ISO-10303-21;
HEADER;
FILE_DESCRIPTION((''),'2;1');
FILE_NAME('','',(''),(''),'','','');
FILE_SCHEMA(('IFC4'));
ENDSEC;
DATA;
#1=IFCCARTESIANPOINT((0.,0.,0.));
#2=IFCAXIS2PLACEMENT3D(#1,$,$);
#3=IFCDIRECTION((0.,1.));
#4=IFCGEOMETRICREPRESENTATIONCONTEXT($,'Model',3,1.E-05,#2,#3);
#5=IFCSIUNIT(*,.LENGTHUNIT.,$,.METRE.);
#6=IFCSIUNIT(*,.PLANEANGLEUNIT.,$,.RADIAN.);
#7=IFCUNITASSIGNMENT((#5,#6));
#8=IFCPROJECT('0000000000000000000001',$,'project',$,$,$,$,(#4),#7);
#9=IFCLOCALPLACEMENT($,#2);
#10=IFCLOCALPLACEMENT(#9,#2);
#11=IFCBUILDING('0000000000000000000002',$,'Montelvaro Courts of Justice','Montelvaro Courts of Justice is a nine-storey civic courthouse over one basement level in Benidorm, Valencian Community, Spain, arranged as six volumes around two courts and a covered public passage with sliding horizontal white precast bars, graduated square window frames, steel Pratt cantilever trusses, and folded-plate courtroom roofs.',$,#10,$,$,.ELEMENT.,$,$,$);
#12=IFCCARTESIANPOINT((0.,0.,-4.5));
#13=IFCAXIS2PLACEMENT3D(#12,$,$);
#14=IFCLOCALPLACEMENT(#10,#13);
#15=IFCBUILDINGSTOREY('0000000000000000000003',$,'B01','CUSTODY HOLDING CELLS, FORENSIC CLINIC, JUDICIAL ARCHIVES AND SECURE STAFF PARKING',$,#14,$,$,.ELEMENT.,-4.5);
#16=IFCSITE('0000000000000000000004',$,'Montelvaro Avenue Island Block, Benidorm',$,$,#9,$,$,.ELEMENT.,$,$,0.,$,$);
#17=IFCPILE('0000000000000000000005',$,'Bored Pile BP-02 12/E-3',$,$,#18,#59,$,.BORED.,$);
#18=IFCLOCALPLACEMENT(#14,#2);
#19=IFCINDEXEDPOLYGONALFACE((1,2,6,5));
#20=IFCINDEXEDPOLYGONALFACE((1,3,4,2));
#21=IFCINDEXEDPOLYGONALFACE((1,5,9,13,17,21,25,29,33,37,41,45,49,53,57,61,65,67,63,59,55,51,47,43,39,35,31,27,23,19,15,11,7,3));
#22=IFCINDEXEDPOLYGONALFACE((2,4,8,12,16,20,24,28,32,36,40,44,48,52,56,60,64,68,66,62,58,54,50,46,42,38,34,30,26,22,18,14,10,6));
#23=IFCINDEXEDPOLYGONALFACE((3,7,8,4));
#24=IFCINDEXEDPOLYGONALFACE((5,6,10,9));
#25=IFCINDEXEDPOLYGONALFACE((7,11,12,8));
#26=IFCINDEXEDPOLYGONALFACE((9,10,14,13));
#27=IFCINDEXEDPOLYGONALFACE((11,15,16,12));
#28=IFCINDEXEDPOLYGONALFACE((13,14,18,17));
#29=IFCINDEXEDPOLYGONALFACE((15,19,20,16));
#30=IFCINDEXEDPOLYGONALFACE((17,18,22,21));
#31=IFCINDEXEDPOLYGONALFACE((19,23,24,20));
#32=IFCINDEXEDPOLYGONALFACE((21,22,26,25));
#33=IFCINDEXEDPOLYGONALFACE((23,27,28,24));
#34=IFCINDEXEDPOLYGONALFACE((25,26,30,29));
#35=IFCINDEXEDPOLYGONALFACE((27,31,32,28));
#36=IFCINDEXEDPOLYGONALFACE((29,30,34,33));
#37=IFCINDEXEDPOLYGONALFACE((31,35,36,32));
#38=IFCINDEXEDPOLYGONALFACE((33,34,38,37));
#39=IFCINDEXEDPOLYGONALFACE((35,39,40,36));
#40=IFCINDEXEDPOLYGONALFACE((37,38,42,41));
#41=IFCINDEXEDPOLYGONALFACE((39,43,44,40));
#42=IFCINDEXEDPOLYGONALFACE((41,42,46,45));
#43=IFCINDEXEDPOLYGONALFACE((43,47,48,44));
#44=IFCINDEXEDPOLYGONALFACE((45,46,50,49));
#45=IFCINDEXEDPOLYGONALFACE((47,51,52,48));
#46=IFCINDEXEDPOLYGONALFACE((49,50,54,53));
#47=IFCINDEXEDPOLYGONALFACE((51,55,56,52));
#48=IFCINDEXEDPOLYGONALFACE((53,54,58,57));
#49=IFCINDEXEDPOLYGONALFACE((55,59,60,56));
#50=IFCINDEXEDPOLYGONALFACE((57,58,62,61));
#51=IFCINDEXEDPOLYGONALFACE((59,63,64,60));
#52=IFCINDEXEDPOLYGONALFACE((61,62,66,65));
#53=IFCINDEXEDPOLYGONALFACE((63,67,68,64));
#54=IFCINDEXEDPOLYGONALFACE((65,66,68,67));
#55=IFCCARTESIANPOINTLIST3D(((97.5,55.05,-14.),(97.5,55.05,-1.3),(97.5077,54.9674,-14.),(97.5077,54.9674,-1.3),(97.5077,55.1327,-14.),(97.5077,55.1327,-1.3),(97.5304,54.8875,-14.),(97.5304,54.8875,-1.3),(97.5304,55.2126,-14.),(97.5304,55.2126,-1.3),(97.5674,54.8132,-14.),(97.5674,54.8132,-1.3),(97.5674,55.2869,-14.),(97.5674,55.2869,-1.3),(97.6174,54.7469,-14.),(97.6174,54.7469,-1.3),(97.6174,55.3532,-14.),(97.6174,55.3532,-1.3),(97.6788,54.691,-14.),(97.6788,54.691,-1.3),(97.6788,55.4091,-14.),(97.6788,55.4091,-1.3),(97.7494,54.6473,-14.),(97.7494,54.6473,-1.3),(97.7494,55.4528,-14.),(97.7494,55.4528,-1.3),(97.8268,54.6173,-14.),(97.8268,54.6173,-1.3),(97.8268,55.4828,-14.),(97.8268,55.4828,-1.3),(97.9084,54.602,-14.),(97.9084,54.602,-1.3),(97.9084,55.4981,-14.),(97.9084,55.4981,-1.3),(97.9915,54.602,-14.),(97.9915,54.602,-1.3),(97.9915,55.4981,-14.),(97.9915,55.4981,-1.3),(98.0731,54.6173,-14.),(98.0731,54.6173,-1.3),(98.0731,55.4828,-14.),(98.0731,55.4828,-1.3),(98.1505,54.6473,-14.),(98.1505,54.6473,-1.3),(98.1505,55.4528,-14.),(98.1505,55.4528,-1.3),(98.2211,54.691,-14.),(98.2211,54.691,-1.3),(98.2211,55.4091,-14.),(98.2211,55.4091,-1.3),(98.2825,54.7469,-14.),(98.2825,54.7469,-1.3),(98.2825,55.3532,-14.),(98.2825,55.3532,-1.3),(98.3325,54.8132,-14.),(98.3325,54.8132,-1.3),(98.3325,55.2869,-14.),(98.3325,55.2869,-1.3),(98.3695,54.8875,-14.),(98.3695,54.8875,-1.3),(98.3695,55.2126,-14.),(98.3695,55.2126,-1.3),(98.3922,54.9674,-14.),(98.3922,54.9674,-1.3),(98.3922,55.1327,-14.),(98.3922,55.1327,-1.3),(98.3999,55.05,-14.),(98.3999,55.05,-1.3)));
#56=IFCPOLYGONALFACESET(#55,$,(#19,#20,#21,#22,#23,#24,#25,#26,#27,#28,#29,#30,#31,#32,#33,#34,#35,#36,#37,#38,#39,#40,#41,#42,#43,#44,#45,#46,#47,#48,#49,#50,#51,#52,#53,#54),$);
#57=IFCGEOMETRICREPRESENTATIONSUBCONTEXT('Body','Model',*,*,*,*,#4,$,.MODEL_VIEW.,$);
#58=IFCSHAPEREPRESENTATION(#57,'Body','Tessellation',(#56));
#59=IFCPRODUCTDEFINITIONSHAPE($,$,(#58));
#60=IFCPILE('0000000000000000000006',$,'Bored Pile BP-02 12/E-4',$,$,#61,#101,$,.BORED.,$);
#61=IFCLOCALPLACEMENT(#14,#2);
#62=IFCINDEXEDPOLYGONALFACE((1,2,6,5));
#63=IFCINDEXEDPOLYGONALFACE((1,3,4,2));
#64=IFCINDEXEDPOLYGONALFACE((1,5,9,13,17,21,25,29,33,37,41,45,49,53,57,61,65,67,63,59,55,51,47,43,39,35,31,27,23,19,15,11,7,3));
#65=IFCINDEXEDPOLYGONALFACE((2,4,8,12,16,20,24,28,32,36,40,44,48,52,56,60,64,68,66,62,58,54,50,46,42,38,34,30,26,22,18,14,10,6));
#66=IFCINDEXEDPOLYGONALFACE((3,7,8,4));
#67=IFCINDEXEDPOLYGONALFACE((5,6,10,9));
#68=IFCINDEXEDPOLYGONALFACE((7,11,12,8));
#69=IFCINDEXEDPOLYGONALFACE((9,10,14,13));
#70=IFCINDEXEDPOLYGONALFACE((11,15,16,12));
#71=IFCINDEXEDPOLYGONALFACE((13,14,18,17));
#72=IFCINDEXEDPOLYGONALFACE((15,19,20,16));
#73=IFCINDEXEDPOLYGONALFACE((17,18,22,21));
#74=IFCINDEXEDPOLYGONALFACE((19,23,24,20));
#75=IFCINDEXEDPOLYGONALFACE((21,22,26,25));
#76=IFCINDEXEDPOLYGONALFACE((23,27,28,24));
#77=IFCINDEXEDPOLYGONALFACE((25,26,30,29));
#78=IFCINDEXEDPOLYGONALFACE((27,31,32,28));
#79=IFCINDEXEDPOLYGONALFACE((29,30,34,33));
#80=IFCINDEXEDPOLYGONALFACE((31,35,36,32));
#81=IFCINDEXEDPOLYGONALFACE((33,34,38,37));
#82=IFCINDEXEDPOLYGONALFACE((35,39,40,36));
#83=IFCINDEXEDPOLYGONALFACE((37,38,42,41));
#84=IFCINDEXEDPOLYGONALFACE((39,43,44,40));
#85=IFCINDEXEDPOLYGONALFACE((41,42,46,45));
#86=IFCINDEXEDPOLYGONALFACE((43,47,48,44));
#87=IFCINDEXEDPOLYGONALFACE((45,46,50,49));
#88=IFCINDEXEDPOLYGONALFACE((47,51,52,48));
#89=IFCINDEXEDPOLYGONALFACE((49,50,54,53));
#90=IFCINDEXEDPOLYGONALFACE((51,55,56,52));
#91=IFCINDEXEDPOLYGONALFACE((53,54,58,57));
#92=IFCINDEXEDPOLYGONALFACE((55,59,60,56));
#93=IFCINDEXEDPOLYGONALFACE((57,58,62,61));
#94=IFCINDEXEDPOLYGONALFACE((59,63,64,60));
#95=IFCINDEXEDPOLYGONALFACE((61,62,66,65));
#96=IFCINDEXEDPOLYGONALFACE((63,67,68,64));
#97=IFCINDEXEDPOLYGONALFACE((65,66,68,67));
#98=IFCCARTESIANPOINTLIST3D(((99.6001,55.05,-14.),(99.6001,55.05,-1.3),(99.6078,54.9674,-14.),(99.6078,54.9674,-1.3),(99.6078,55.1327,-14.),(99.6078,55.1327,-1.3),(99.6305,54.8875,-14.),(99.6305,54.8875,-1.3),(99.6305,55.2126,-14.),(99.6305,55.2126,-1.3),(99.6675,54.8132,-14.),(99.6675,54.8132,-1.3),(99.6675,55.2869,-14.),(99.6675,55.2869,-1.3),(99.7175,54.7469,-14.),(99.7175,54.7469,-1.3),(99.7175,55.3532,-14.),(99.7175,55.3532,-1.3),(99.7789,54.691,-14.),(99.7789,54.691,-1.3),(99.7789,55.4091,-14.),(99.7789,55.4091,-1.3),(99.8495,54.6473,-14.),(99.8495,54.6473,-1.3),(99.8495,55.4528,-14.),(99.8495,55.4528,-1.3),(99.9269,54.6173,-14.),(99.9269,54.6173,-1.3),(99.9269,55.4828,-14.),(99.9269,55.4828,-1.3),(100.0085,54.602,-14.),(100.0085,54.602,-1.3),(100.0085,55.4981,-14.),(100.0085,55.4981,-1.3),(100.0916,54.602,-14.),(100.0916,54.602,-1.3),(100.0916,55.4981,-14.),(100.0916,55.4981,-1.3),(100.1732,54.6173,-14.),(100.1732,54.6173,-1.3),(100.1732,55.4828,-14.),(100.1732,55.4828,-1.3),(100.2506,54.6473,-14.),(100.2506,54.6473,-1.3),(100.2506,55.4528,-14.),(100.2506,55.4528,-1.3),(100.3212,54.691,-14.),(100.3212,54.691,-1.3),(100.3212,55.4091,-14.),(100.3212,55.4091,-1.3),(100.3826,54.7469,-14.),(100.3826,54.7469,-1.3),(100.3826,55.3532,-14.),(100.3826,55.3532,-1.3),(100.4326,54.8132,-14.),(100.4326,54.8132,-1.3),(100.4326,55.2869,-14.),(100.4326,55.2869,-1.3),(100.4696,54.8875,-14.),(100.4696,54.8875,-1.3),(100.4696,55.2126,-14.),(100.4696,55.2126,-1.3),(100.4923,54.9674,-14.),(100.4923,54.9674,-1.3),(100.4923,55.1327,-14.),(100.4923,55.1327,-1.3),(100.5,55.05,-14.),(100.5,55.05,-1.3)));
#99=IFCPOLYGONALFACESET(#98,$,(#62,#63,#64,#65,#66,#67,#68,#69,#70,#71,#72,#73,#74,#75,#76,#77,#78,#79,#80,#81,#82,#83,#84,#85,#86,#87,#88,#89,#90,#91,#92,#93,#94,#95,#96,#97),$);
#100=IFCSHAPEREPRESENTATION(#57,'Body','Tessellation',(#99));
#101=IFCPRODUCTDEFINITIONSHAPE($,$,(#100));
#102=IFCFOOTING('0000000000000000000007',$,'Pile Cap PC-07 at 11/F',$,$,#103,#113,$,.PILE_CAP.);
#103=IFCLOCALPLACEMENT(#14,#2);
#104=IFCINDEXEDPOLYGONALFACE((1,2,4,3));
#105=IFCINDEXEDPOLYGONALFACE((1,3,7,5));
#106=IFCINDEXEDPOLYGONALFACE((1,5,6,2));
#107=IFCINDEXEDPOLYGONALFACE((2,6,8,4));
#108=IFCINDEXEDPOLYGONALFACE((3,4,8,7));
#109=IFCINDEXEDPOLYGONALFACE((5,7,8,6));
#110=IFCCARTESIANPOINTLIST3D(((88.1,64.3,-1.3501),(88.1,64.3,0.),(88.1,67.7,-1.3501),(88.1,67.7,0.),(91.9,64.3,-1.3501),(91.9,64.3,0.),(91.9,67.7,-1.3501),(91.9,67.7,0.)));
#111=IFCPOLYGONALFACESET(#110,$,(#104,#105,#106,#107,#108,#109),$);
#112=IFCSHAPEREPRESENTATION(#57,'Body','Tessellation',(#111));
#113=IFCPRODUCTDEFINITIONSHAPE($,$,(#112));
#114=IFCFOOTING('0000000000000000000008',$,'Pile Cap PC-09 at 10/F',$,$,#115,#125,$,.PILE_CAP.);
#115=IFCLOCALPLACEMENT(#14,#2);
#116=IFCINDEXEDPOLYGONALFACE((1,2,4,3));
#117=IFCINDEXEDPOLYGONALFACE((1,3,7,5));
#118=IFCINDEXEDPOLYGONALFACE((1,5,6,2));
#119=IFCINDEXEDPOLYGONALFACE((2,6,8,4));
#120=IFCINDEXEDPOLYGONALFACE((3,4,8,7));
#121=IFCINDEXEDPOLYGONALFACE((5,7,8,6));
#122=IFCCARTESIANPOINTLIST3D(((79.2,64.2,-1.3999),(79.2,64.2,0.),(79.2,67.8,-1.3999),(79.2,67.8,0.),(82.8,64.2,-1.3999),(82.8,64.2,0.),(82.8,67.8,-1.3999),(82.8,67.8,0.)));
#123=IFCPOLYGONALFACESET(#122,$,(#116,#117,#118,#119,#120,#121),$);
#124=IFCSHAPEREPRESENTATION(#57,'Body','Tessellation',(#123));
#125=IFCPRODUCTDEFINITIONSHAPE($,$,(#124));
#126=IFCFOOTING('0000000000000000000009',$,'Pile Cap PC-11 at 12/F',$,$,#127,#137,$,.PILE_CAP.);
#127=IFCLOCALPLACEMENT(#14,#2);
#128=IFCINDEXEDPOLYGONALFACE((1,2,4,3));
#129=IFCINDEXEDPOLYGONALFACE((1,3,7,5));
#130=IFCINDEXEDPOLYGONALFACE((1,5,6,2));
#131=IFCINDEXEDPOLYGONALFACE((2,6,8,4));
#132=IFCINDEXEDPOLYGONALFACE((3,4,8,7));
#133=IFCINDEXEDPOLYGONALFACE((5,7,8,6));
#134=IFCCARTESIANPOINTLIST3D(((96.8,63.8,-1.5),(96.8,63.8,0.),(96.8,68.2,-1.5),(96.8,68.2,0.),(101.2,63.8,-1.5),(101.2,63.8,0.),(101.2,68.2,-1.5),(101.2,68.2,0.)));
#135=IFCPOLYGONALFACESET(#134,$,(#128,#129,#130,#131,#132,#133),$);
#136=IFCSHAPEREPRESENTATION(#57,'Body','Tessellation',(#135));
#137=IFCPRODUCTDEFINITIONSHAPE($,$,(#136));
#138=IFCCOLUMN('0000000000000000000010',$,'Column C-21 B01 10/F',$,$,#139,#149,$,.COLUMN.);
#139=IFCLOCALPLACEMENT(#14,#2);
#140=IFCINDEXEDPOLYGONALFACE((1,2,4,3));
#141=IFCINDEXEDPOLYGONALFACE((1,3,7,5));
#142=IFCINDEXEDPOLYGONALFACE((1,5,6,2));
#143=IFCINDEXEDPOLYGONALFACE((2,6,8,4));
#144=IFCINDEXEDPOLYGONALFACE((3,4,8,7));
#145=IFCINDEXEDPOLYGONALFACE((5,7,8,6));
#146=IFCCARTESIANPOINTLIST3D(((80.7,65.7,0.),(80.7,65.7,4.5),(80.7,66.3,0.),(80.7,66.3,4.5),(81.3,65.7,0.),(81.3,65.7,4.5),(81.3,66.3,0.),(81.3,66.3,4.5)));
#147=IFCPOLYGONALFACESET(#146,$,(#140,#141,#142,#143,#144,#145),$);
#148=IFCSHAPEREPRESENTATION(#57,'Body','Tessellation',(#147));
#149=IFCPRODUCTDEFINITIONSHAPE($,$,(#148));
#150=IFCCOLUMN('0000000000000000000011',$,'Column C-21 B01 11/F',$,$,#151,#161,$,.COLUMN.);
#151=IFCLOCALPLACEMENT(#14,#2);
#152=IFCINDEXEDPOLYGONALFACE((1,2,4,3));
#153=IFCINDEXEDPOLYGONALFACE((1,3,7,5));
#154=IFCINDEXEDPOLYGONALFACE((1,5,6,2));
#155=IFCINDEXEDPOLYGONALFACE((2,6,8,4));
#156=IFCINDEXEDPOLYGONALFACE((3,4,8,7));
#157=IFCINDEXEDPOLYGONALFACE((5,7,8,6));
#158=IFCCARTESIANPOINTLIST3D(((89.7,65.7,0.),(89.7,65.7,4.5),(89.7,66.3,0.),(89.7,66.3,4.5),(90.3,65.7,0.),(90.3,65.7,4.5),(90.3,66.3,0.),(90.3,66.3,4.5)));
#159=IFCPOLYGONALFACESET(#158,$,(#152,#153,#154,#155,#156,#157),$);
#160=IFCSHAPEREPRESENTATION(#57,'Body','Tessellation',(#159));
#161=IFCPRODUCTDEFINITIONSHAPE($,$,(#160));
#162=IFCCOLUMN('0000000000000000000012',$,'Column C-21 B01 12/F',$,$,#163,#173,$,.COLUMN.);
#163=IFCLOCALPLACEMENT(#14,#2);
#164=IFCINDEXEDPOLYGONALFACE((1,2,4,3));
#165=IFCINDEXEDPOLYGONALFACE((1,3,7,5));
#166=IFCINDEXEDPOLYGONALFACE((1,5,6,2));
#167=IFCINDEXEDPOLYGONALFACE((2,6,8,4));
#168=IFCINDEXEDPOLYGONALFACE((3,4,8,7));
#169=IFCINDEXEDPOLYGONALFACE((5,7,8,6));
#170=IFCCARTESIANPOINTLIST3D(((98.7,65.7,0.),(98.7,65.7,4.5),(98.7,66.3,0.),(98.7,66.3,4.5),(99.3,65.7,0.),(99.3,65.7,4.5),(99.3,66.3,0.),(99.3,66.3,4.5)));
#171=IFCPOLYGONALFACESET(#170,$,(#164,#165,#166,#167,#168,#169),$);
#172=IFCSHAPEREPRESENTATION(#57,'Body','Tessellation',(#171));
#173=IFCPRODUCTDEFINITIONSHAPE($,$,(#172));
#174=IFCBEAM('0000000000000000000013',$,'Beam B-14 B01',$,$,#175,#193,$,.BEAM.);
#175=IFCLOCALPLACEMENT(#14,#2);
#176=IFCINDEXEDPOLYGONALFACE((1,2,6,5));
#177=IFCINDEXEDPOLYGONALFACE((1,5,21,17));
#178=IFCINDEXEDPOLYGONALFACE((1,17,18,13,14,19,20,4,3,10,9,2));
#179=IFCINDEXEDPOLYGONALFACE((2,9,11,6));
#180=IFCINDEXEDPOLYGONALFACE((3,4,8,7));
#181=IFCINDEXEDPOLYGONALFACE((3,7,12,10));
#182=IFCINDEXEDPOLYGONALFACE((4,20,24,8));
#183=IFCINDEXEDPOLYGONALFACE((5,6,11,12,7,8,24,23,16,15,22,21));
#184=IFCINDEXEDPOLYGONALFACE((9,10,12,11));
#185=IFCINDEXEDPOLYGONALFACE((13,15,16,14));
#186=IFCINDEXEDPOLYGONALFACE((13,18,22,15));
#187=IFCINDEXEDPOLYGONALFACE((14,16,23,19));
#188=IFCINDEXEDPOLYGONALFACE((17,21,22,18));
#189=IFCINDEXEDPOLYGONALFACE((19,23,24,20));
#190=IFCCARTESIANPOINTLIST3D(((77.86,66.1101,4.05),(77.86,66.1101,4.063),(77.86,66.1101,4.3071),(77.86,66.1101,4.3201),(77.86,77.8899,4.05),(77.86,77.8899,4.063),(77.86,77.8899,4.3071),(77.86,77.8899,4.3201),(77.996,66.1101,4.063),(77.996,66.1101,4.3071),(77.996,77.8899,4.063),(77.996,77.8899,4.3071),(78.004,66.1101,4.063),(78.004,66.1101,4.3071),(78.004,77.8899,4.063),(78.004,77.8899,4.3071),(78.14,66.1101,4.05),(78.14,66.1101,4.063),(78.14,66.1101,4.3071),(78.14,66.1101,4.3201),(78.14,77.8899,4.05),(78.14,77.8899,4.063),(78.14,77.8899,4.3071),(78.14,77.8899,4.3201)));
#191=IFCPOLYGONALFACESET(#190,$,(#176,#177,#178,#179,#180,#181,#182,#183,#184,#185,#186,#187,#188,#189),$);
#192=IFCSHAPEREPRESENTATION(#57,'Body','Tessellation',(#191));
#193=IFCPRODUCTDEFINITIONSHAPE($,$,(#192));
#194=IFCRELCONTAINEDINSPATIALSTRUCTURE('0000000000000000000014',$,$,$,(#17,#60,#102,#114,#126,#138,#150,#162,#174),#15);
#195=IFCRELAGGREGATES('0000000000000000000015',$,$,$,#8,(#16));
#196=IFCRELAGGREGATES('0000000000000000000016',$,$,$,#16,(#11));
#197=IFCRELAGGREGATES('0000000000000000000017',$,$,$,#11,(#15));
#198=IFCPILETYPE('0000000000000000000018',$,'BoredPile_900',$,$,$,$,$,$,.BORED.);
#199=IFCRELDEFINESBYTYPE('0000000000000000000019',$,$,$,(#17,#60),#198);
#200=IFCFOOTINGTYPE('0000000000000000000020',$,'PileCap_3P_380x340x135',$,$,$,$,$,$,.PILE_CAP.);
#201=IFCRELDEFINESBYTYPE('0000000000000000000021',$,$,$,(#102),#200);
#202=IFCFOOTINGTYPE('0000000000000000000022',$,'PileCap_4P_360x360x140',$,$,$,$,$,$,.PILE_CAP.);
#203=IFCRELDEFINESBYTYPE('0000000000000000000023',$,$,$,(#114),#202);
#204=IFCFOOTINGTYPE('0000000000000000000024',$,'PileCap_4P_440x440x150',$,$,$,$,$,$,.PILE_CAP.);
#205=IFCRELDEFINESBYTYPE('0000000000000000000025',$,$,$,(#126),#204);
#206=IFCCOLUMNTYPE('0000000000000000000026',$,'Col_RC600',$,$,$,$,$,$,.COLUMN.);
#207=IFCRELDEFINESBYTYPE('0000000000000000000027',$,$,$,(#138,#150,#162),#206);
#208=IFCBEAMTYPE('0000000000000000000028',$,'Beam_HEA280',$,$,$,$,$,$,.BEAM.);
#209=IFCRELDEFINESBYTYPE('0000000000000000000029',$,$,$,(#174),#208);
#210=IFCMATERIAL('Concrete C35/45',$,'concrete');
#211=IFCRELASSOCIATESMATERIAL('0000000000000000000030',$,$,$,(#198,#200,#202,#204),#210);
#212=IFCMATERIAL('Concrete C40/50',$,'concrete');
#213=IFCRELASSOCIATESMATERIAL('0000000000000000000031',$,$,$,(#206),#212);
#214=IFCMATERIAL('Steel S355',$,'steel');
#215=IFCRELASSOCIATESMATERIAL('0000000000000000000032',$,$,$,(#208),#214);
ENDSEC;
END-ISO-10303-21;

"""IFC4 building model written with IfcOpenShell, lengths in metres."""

from ifc_helpers import new_model, si_unit, direction, frame, origin, origin_2d, place, context, subcontext, project, spatial, rectangle, circle, i_section, extrude, material, material_profile, profile_set, type_object, element, save


model = new_model("IFC4")

# Units and contexts
model_context = context("Model", 3, precision=1e-05, world=origin(), true_north=direction((0.0, 1.0)))
body_context = subcontext(model_context, "Body", "Model", "MODEL_VIEW")
ifc_project = project(units=[si_unit("LENGTHUNIT", "METRE"), si_unit("PLANEANGLEUNIT", "RADIAN")], contexts=[model_context])

# Site, building, storey
site_placement = place(None, origin())
site = spatial("IfcSite", under=ifc_project, at=site_placement, Name="Montelvaro Avenue Island Block, Benidorm", CompositionType="ELEMENT", RefElevation=0.0)
building_placement = place(site_placement, origin())
building = spatial("IfcBuilding", under=site, at=building_placement, Name="Montelvaro Courts of Justice", Description="Montelvaro Courts of Justice is a nine-storey civic courthouse over one basement level in Benidorm, Valencian Community, Spain, arranged as six volumes around two courts and a covered public passage with sliding horizontal white precast bars, graduated square window frames, steel Pratt cantilever trusses, and folded-plate courtroom roofs.", CompositionType="ELEMENT")
storey_placement = place(building_placement, frame((0.0, 0.0, -4.5)))
storey = spatial("IfcBuildingStorey", under=building, at=storey_placement, Name="B01", Description="CUSTODY HOLDING CELLS, FORENSIC CLINIC, JUDICIAL ARCHIVES AND SECURE STAFF PARKING", CompositionType="ELEMENT", Elevation=-4.5)

# Piles
ifc_material_1 = material(Name="Concrete C35/45", Category="concrete")
ifc_material_profile_1 = material_profile(ifc_material_1, circle(Radius=0.45, at=origin_2d()), Name="BORED PILE D900")
ifc_profile_set_1 = profile_set([ifc_material_profile_1], Name="Concrete C35/45")
pile_type_1 = type_object("IfcPileType", Name="BoredPile_900", PredefinedType="BORED", material=ifc_profile_set_1)
for number, where, z_axis, x_axis, name in (
    (1, (97.95, 55.05, -1.3), (0.0, 0.0, -1.0), (1.0, 0.0, 0.0), "Bored Pile BP-02 12/E-3"),
    (2, (100.05, 55.05, -1.3), (0.0, 0.0, -1.0), (1.0, 0.0, 0.0), "Bored Pile BP-02 12/E-4"),
):
    element("IfcPile", number, at=place(storey_placement, frame(where, z_axis=z_axis, x_axis=x_axis)), inside=storey, type_object=pile_type_1, Name=name, PredefinedType="BORED", context=body_context, shape_type="SweptSolid", body=[
        extrude(circle(Radius=0.45, at=origin_2d()), origin(), (0.0, 0.0, 1.0), 12.7),
    ])

# Footings
footing_type_1 = type_object("IfcFootingType", Name="PileCap_3P_380x340x135", PredefinedType="PILE_CAP", material=ifc_material_1)
footing_1_placement = place(storey_placement, frame((90.0, 66.0, -1.3501), z_axis=(0.0, 0.0, 1.0), x_axis=(1.0, 0.0, 0.0)))
element("IfcFooting", 3, at=footing_1_placement, inside=storey, type_object=footing_type_1, Name="Pile Cap PC-07 at 11/F", PredefinedType="PILE_CAP", context=body_context, shape_type="SweptSolid", body=[
    extrude(rectangle(XDim=3.8, YDim=3.3999, at=origin_2d()), origin(), (0.0, 0.0, 1.0), 1.3501),
])
footing_type_2 = type_object("IfcFootingType", Name="PileCap_4P_360x360x140", PredefinedType="PILE_CAP", material=ifc_material_1)
footing_2_placement = place(storey_placement, frame((81.0, 66.0, -1.3999), z_axis=(0.0, 0.0, 1.0), x_axis=(1.0, 0.0, 0.0)))
element("IfcFooting", 4, at=footing_2_placement, inside=storey, type_object=footing_type_2, Name="Pile Cap PC-09 at 10/F", PredefinedType="PILE_CAP", context=body_context, shape_type="SweptSolid", body=[
    extrude(rectangle(XDim=3.6001, YDim=3.6001, at=origin_2d()), origin(), (0.0, 0.0, 1.0), 1.3999),
])
footing_type_3 = type_object("IfcFootingType", Name="PileCap_4P_440x440x150", PredefinedType="PILE_CAP", material=ifc_material_1)
footing_3_placement = place(storey_placement, frame((99.0, 66.0, -1.5), z_axis=(0.0, 0.0, 1.0), x_axis=(1.0, 0.0, 0.0)))
element("IfcFooting", 5, at=footing_3_placement, inside=storey, type_object=footing_type_3, Name="Pile Cap PC-11 at 12/F", PredefinedType="PILE_CAP", context=body_context, shape_type="SweptSolid", body=[
    extrude(rectangle(XDim=4.3999, YDim=4.3999, at=origin_2d()), origin(), (0.0, 0.0, 1.0), 1.5),
])

# Columns
ifc_material_2 = material(Name="Concrete C40/50", Category="concrete")
ifc_material_profile_2 = material_profile(ifc_material_2, rectangle(XDim=0.6001, YDim=0.6001, at=origin_2d()), Name="RC 600x600")
ifc_profile_set_2 = profile_set([ifc_material_profile_2], Name="Concrete C40/50")
column_type = type_object("IfcColumnType", Name="Col_RC600", PredefinedType="COLUMN", material=ifc_profile_set_2)
for number, where, z_axis, x_axis, name in (
    (6, (81.0, 66.0, 0.0), (0.0, 0.0, 1.0), (1.0, 0.0, 0.0), "Column C-21 B01 10/F"),
    (7, (90.0, 66.0, 0.0), (0.0, 0.0, 1.0), (1.0, 0.0, 0.0), "Column C-21 B01 11/F"),
    (8, (99.0, 66.0, 0.0), (0.0, 0.0, 1.0), (1.0, 0.0, 0.0), "Column C-21 B01 12/F"),
):
    element("IfcColumn", number, at=place(storey_placement, frame(where, z_axis=z_axis, x_axis=x_axis)), inside=storey, type_object=column_type, Name=name, PredefinedType="COLUMN", context=body_context, shape_type="SweptSolid", body=[
        extrude(rectangle(XDim=0.6001, YDim=0.6001, at=origin_2d()), origin(), (0.0, 0.0, 1.0), 4.5),
    ])

# Beam
ifc_material_3 = material(Name="Steel S355", Category="steel")
ifc_material_profile_3 = material_profile(ifc_material_3, i_section(OverallWidth=0.28, OverallDepth=0.27, WebThickness=0.0081, FlangeThickness=0.0129, at=origin_2d()), Name="HEA 280")
ifc_profile_set_3 = profile_set([ifc_material_profile_3], Name="Steel S355")
beam_type_1 = type_object("IfcBeamType", Name="Beam_HEA280", PredefinedType="BEAM", material=ifc_profile_set_3)
for number, where, z_axis, x_axis, name in (
    (9, (78.0, 66.1101, 4.1851), (0.0, 1.0, 0.0), (-1.0, 0.0, 0.0), "Beam B-14 B01"),
):
    element("IfcBeam", number, at=place(storey_placement, frame(where, z_axis=z_axis, x_axis=x_axis)), inside=storey, type_object=beam_type_1, Name=name, PredefinedType="BEAM", context=body_context, shape_type="SweptSolid", body=[
        extrude(i_section(OverallWidth=0.28, OverallDepth=0.27, WebThickness=0.0081, FlangeThickness=0.0129, at=origin_2d()), origin(), (0.0, 0.0, 1.0), 11.7798),
    ])

save(model, "model.ifc")
